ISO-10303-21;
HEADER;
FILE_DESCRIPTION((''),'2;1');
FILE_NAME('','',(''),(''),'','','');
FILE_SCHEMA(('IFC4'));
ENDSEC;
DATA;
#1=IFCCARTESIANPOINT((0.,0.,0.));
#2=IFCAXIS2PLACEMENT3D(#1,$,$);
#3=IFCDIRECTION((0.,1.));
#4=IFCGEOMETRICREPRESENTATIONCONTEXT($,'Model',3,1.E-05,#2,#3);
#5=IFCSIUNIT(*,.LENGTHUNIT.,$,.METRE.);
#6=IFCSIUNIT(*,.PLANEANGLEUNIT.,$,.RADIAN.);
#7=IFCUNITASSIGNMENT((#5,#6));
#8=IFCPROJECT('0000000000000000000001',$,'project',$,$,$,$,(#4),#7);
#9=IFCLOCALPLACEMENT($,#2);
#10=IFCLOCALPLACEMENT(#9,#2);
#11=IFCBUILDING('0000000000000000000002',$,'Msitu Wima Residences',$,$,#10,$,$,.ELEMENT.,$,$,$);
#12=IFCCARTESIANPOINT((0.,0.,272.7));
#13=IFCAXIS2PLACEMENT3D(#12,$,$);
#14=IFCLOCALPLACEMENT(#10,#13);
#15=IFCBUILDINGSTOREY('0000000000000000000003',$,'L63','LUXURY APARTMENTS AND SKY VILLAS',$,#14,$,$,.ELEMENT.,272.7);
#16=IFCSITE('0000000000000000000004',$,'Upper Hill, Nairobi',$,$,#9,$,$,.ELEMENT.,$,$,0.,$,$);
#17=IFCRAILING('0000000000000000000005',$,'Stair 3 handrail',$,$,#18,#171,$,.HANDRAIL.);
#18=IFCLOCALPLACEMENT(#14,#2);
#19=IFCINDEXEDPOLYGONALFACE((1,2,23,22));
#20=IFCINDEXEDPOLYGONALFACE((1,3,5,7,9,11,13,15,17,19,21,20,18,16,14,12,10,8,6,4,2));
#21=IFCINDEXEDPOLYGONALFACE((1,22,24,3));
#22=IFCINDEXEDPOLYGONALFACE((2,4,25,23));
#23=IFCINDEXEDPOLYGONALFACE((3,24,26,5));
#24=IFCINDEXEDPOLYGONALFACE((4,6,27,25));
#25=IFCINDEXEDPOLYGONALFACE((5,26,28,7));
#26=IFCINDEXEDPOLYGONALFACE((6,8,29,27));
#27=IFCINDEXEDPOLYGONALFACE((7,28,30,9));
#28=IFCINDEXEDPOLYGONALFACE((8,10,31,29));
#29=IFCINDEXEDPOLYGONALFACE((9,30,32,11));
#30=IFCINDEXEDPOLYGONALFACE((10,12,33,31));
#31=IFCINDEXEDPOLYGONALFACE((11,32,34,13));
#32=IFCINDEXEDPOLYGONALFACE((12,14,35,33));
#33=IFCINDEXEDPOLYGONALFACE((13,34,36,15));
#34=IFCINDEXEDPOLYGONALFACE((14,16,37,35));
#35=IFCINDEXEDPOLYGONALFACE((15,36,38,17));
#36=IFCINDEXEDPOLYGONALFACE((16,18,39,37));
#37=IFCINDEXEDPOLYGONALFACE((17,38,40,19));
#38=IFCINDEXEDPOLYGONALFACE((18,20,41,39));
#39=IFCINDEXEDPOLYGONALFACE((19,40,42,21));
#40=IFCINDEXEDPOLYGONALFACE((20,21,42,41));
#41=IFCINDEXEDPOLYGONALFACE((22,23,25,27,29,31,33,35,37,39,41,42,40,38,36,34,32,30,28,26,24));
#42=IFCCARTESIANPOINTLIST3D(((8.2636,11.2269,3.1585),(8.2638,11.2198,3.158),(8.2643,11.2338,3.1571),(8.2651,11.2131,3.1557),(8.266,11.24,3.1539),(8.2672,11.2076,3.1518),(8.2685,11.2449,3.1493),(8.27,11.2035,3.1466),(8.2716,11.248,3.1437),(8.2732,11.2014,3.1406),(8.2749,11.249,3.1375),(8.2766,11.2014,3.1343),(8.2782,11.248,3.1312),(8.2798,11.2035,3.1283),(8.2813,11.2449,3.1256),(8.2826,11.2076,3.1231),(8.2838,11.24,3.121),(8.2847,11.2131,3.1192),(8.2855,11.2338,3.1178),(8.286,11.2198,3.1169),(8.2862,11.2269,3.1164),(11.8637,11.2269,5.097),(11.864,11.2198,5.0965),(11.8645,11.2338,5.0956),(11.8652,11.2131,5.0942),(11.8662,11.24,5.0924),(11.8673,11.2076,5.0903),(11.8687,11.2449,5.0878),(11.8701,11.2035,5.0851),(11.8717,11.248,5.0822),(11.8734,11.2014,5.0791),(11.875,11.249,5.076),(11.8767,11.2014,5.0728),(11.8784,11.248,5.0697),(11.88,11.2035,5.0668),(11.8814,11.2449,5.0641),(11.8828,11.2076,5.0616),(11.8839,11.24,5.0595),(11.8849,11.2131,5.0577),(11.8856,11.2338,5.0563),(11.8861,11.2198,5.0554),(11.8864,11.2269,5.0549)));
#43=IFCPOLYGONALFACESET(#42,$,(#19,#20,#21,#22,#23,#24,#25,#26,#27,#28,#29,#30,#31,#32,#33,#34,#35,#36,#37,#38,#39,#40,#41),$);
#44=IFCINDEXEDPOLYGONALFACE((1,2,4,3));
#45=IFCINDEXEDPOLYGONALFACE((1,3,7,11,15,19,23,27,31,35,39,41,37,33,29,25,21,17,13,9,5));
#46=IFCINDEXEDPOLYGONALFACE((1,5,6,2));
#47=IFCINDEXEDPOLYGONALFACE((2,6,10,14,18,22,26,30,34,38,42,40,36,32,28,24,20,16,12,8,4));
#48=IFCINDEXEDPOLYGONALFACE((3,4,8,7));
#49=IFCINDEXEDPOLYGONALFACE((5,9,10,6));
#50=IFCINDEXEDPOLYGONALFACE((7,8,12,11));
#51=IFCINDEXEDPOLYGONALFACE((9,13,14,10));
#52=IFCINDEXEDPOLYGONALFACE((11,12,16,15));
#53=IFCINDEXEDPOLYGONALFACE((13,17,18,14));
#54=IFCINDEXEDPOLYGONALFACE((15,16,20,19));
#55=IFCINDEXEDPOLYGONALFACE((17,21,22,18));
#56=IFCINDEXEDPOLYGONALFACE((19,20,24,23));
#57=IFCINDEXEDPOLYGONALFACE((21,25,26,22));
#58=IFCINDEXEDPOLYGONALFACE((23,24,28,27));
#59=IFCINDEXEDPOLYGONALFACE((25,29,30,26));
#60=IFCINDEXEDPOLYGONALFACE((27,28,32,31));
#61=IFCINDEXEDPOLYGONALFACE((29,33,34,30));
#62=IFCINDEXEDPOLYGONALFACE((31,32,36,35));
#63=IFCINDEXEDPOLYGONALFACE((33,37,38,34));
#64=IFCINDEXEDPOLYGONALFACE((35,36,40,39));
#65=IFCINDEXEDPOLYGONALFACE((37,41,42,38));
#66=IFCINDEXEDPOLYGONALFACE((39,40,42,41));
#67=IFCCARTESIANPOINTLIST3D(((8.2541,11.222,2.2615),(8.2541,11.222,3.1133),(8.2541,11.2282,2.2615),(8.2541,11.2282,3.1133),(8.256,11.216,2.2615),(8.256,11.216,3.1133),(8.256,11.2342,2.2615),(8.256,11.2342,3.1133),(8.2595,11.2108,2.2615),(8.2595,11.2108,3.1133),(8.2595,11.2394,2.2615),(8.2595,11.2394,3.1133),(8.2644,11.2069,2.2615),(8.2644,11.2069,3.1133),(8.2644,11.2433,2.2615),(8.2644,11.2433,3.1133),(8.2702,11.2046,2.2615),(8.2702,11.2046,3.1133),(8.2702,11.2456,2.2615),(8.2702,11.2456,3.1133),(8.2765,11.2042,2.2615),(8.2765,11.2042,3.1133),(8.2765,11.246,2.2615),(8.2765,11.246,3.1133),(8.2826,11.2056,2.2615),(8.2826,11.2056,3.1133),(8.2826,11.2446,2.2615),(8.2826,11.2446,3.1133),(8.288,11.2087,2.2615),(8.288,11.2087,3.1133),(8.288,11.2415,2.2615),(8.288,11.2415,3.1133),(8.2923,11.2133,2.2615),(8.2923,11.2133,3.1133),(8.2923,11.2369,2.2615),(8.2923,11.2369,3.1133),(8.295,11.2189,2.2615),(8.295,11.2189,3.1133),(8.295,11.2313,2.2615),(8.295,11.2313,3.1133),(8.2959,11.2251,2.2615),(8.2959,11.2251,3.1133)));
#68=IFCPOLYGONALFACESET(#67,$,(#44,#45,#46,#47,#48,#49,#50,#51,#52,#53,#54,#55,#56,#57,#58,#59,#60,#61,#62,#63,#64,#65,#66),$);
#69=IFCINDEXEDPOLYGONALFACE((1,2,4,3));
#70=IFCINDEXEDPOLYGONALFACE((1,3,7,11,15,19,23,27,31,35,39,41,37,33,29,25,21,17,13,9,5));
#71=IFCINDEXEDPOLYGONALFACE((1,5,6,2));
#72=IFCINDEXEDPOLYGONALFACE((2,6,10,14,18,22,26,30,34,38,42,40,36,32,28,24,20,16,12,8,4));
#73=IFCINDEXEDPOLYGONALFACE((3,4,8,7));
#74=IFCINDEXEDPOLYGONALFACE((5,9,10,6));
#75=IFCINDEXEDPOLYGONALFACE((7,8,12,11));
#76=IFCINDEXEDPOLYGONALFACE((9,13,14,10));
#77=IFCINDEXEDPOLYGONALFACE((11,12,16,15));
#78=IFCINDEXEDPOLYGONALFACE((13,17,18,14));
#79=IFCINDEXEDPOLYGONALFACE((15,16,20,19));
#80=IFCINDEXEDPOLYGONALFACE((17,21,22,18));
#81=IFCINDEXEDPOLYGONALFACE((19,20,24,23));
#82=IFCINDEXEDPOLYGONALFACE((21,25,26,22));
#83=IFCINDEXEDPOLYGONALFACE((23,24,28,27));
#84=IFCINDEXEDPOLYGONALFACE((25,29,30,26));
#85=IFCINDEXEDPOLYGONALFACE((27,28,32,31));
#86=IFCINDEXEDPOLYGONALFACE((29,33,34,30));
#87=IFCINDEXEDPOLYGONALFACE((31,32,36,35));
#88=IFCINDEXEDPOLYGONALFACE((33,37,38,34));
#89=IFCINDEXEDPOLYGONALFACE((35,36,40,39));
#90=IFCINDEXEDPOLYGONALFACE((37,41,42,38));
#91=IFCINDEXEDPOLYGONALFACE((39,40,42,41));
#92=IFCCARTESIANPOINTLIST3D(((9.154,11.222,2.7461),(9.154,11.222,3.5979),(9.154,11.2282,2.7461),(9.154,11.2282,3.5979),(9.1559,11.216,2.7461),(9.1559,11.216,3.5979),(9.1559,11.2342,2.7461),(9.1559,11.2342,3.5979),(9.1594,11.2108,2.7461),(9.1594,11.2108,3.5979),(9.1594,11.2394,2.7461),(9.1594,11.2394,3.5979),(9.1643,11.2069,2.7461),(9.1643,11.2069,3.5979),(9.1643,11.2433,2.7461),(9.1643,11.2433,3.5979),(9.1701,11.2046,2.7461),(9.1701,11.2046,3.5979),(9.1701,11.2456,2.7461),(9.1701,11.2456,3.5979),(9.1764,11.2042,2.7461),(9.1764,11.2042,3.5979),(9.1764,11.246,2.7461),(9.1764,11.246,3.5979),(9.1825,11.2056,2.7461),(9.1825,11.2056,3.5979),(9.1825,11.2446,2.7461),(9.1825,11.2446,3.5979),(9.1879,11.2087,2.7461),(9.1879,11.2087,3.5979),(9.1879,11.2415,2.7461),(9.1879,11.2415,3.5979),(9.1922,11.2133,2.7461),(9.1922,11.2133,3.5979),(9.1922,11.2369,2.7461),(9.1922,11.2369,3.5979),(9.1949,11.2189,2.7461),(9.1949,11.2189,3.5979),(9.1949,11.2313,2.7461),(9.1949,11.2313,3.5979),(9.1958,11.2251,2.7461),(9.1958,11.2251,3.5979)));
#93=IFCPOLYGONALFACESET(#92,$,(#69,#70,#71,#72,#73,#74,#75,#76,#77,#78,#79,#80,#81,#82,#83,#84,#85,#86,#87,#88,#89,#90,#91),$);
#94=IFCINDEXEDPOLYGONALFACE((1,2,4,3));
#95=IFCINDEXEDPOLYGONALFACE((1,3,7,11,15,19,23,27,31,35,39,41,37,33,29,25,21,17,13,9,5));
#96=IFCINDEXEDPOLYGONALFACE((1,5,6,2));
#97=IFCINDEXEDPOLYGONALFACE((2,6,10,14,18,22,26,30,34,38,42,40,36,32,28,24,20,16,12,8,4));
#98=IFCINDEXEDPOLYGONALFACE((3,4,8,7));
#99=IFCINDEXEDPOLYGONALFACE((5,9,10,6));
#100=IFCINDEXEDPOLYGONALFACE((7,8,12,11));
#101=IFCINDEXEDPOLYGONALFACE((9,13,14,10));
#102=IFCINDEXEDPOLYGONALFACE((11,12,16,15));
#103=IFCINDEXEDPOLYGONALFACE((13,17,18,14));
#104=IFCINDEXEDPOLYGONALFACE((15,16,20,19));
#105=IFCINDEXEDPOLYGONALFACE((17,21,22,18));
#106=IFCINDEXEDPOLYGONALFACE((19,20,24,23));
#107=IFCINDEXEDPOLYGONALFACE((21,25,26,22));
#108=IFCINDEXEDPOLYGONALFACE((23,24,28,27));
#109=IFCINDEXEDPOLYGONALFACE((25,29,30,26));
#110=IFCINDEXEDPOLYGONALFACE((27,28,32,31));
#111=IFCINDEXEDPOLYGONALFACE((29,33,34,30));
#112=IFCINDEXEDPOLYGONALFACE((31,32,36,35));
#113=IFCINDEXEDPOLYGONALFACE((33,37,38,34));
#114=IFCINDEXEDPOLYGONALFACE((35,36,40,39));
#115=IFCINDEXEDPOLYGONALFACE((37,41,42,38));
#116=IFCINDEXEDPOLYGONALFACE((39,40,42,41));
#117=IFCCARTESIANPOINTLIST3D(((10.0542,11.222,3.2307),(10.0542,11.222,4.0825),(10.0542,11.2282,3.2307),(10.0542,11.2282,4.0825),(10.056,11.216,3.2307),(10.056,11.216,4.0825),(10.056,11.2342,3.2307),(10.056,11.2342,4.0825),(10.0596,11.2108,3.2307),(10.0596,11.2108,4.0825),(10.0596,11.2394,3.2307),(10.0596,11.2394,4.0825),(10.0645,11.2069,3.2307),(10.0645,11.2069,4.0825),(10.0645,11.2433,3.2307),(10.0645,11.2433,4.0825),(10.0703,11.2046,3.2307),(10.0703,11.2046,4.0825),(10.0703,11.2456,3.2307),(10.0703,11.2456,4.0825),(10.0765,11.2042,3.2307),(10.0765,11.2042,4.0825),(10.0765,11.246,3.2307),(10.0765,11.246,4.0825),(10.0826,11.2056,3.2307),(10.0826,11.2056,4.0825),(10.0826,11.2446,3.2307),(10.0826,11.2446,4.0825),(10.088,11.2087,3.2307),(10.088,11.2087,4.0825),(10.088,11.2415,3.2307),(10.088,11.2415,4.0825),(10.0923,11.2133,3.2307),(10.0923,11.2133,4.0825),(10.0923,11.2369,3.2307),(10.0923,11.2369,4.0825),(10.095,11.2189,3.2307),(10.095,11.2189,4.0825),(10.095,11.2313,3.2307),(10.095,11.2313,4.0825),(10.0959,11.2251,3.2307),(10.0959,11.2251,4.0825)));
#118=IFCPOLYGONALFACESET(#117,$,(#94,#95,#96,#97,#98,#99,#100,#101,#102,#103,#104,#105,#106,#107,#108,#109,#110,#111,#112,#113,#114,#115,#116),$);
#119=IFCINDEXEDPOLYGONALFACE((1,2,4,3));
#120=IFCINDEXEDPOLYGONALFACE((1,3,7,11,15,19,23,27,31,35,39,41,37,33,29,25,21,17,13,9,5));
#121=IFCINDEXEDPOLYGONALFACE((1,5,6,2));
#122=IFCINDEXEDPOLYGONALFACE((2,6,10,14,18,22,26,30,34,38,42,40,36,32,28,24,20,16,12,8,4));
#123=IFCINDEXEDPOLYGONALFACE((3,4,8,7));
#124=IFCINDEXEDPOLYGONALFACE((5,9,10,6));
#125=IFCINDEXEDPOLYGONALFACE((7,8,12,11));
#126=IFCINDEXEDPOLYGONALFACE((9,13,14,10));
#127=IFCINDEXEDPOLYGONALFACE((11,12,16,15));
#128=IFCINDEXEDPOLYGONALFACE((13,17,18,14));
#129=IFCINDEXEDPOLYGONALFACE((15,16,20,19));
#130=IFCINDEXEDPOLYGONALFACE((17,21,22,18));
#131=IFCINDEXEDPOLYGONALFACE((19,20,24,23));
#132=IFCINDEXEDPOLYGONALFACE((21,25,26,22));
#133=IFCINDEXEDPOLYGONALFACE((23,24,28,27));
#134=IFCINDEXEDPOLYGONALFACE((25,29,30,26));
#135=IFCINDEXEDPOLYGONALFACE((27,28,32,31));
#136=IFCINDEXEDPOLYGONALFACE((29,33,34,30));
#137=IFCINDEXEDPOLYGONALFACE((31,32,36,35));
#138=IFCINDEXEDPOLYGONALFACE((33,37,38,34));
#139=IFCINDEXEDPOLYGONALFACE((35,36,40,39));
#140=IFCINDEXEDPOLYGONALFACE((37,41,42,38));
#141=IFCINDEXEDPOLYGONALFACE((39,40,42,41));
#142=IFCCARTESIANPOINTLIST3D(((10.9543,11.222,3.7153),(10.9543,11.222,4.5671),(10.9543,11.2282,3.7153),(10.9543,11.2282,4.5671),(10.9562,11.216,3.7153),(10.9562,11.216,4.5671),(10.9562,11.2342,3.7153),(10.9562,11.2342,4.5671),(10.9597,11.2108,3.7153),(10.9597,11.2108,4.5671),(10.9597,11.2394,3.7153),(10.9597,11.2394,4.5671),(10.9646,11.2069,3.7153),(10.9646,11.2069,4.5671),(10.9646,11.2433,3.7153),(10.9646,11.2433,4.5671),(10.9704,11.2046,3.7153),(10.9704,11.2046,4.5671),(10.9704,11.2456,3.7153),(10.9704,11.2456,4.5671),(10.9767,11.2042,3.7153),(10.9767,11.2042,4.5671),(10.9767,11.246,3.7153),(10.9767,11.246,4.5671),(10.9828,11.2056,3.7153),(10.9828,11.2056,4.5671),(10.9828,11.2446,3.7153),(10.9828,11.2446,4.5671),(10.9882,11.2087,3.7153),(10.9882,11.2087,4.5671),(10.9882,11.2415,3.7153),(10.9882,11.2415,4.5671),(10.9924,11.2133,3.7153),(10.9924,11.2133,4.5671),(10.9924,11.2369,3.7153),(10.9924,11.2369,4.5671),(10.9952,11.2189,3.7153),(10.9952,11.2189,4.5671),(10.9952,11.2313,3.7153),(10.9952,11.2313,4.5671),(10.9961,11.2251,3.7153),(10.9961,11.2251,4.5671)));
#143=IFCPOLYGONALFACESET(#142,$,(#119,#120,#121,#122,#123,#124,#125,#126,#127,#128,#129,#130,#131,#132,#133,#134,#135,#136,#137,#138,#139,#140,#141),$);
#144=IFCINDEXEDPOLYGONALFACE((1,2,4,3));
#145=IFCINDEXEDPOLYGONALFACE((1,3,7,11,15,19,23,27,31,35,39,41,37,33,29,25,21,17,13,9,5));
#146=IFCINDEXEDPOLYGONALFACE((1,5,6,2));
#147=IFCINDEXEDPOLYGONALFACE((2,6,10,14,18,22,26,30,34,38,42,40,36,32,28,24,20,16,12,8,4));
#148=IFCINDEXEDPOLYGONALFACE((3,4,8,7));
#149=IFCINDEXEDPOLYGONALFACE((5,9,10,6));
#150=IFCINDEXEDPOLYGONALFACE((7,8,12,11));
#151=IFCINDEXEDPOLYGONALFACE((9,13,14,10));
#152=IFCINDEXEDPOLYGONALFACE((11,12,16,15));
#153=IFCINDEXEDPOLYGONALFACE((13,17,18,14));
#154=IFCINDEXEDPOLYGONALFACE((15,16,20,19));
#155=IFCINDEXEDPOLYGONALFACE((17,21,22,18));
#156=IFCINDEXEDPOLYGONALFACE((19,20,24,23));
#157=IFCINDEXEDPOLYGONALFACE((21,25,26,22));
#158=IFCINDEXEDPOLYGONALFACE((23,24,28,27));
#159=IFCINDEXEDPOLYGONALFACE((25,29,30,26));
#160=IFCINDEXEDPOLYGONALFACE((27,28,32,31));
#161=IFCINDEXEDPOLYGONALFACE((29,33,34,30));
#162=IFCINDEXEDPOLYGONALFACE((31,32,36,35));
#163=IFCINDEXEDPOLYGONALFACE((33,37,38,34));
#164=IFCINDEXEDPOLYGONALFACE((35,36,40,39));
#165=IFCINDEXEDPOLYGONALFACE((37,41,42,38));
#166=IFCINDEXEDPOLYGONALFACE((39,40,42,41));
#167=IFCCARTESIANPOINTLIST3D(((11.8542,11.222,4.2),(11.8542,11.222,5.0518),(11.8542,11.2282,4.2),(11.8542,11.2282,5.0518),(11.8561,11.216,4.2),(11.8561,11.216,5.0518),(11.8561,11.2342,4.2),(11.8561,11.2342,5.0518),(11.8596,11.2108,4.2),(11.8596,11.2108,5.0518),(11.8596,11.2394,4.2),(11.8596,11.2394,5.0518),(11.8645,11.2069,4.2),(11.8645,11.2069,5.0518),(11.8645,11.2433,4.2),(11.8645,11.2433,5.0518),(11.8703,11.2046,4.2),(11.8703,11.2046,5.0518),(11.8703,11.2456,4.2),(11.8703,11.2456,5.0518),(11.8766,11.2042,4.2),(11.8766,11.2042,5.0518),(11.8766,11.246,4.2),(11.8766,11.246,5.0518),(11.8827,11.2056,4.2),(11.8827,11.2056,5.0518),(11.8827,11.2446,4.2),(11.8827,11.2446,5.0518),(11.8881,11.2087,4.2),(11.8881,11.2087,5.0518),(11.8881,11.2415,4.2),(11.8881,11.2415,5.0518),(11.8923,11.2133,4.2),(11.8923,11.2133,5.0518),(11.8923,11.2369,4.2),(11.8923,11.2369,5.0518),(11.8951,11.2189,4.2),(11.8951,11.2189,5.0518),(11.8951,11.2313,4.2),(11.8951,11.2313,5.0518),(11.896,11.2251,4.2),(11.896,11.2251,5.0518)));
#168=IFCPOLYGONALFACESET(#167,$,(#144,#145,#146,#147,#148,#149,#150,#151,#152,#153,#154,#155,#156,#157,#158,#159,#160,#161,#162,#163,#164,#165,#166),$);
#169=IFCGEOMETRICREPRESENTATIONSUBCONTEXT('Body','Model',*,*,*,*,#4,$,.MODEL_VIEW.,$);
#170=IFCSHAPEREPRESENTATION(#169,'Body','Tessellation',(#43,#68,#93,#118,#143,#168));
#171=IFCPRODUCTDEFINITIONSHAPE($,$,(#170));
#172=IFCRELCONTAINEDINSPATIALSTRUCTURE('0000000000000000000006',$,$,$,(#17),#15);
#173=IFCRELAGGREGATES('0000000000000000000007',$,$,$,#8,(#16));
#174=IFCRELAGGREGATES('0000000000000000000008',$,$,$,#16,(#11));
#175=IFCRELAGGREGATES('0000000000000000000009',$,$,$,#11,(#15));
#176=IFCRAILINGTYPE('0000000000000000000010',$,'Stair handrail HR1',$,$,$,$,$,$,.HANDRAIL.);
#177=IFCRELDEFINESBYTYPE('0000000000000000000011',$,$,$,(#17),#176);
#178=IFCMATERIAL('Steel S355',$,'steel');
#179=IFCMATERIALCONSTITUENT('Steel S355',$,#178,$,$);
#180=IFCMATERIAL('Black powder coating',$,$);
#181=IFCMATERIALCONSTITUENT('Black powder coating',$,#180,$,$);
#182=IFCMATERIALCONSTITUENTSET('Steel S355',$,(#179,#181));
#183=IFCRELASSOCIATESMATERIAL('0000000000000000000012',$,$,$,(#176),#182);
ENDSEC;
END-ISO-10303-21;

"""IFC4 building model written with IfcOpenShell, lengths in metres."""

from ifc_helpers import new_model, si_unit, direction, frame, origin, origin_2d, place, context, subcontext, project, spatial, circle, extrude, material, constituent, constituent_set, type_object, element, save


model = new_model("IFC4")

# Units and contexts
model_context = context("Model", 3, precision=1e-05, world=origin(), true_north=direction((0.0, 1.0)))
body_context = subcontext(model_context, "Body", "Model", "MODEL_VIEW")
ifc_project = project(units=[si_unit("LENGTHUNIT", "METRE"), si_unit("PLANEANGLEUNIT", "RADIAN")], contexts=[model_context])

# Site, building, storey
site_placement = place(None, origin())
site = spatial("IfcSite", under=ifc_project, at=site_placement, Name="Upper Hill, Nairobi", CompositionType="ELEMENT", RefElevation=0.0)
building_placement = place(site_placement, origin())
building = spatial("IfcBuilding", under=site, at=building_placement, Name="Msitu Wima Residences", CompositionType="ELEMENT")
storey_placement = place(building_placement, frame((0.0, 0.0, 272.7)))
storey = spatial("IfcBuildingStorey", under=building, at=storey_placement, Name="L63", Description="LUXURY APARTMENTS AND SKY VILLAS", CompositionType="ELEMENT", Elevation=272.7)

# Railing
ifc_material_1 = material(Name="Steel S355", Category="steel")
ifc_constituent_1 = constituent(ifc_material_1, Name="Steel S355")
ifc_material_2 = material(Name="Black powder coating")
ifc_constituent_2 = constituent(ifc_material_2, Name="Black powder coating")
ifc_constituent_set = constituent_set(constituents=[ifc_constituent_1, ifc_constituent_2], Name="Steel S355")
railing_type = type_object("IfcRailingType", Name="Stair handrail HR1", PredefinedType="HANDRAIL", material=ifc_constituent_set)
for number, where, name in (
    (1, (8.2749, 11.2251, 2.2615), "Stair 3 handrail"),
):
    element("IfcRailing", number, at=place(storey_placement, frame(where)), inside=storey, type_object=railing_type, Name=name, PredefinedType="HANDRAIL", context=body_context, shape_type="SweptSolid", body=[
        extrude(circle(Radius=0.0239, at=origin_2d()), frame((0.0, 0.0, 0.876), z_axis=(0.880475, 0.0, 0.474093), x_axis=(0.0, 1.0, 0.0)), (0.0, 0.0, 1.0), 4.0889),
        extrude(circle(Radius=0.021, at=origin_2d()), origin(), (0.0, 0.0, 1.0), 0.8518),
        extrude(circle(Radius=0.021, at=origin_2d()), frame((0.8999, 0.0, 0.4846)), (0.0, 0.0, 1.0), 0.8518),
        extrude(circle(Radius=0.021, at=origin_2d()), frame((1.8, 0.0, 0.9692)), (0.0, 0.0, 1.0), 0.8518),
        extrude(circle(Radius=0.021, at=origin_2d()), frame((2.7002, 0.0, 1.4539)), (0.0, 0.0, 1.0), 0.8518),
        extrude(circle(Radius=0.021, at=origin_2d()), frame((3.6001, 0.0, 1.9385)), (0.0, 0.0, 1.0), 0.8518),
    ])

save(model, "model.ifc")
